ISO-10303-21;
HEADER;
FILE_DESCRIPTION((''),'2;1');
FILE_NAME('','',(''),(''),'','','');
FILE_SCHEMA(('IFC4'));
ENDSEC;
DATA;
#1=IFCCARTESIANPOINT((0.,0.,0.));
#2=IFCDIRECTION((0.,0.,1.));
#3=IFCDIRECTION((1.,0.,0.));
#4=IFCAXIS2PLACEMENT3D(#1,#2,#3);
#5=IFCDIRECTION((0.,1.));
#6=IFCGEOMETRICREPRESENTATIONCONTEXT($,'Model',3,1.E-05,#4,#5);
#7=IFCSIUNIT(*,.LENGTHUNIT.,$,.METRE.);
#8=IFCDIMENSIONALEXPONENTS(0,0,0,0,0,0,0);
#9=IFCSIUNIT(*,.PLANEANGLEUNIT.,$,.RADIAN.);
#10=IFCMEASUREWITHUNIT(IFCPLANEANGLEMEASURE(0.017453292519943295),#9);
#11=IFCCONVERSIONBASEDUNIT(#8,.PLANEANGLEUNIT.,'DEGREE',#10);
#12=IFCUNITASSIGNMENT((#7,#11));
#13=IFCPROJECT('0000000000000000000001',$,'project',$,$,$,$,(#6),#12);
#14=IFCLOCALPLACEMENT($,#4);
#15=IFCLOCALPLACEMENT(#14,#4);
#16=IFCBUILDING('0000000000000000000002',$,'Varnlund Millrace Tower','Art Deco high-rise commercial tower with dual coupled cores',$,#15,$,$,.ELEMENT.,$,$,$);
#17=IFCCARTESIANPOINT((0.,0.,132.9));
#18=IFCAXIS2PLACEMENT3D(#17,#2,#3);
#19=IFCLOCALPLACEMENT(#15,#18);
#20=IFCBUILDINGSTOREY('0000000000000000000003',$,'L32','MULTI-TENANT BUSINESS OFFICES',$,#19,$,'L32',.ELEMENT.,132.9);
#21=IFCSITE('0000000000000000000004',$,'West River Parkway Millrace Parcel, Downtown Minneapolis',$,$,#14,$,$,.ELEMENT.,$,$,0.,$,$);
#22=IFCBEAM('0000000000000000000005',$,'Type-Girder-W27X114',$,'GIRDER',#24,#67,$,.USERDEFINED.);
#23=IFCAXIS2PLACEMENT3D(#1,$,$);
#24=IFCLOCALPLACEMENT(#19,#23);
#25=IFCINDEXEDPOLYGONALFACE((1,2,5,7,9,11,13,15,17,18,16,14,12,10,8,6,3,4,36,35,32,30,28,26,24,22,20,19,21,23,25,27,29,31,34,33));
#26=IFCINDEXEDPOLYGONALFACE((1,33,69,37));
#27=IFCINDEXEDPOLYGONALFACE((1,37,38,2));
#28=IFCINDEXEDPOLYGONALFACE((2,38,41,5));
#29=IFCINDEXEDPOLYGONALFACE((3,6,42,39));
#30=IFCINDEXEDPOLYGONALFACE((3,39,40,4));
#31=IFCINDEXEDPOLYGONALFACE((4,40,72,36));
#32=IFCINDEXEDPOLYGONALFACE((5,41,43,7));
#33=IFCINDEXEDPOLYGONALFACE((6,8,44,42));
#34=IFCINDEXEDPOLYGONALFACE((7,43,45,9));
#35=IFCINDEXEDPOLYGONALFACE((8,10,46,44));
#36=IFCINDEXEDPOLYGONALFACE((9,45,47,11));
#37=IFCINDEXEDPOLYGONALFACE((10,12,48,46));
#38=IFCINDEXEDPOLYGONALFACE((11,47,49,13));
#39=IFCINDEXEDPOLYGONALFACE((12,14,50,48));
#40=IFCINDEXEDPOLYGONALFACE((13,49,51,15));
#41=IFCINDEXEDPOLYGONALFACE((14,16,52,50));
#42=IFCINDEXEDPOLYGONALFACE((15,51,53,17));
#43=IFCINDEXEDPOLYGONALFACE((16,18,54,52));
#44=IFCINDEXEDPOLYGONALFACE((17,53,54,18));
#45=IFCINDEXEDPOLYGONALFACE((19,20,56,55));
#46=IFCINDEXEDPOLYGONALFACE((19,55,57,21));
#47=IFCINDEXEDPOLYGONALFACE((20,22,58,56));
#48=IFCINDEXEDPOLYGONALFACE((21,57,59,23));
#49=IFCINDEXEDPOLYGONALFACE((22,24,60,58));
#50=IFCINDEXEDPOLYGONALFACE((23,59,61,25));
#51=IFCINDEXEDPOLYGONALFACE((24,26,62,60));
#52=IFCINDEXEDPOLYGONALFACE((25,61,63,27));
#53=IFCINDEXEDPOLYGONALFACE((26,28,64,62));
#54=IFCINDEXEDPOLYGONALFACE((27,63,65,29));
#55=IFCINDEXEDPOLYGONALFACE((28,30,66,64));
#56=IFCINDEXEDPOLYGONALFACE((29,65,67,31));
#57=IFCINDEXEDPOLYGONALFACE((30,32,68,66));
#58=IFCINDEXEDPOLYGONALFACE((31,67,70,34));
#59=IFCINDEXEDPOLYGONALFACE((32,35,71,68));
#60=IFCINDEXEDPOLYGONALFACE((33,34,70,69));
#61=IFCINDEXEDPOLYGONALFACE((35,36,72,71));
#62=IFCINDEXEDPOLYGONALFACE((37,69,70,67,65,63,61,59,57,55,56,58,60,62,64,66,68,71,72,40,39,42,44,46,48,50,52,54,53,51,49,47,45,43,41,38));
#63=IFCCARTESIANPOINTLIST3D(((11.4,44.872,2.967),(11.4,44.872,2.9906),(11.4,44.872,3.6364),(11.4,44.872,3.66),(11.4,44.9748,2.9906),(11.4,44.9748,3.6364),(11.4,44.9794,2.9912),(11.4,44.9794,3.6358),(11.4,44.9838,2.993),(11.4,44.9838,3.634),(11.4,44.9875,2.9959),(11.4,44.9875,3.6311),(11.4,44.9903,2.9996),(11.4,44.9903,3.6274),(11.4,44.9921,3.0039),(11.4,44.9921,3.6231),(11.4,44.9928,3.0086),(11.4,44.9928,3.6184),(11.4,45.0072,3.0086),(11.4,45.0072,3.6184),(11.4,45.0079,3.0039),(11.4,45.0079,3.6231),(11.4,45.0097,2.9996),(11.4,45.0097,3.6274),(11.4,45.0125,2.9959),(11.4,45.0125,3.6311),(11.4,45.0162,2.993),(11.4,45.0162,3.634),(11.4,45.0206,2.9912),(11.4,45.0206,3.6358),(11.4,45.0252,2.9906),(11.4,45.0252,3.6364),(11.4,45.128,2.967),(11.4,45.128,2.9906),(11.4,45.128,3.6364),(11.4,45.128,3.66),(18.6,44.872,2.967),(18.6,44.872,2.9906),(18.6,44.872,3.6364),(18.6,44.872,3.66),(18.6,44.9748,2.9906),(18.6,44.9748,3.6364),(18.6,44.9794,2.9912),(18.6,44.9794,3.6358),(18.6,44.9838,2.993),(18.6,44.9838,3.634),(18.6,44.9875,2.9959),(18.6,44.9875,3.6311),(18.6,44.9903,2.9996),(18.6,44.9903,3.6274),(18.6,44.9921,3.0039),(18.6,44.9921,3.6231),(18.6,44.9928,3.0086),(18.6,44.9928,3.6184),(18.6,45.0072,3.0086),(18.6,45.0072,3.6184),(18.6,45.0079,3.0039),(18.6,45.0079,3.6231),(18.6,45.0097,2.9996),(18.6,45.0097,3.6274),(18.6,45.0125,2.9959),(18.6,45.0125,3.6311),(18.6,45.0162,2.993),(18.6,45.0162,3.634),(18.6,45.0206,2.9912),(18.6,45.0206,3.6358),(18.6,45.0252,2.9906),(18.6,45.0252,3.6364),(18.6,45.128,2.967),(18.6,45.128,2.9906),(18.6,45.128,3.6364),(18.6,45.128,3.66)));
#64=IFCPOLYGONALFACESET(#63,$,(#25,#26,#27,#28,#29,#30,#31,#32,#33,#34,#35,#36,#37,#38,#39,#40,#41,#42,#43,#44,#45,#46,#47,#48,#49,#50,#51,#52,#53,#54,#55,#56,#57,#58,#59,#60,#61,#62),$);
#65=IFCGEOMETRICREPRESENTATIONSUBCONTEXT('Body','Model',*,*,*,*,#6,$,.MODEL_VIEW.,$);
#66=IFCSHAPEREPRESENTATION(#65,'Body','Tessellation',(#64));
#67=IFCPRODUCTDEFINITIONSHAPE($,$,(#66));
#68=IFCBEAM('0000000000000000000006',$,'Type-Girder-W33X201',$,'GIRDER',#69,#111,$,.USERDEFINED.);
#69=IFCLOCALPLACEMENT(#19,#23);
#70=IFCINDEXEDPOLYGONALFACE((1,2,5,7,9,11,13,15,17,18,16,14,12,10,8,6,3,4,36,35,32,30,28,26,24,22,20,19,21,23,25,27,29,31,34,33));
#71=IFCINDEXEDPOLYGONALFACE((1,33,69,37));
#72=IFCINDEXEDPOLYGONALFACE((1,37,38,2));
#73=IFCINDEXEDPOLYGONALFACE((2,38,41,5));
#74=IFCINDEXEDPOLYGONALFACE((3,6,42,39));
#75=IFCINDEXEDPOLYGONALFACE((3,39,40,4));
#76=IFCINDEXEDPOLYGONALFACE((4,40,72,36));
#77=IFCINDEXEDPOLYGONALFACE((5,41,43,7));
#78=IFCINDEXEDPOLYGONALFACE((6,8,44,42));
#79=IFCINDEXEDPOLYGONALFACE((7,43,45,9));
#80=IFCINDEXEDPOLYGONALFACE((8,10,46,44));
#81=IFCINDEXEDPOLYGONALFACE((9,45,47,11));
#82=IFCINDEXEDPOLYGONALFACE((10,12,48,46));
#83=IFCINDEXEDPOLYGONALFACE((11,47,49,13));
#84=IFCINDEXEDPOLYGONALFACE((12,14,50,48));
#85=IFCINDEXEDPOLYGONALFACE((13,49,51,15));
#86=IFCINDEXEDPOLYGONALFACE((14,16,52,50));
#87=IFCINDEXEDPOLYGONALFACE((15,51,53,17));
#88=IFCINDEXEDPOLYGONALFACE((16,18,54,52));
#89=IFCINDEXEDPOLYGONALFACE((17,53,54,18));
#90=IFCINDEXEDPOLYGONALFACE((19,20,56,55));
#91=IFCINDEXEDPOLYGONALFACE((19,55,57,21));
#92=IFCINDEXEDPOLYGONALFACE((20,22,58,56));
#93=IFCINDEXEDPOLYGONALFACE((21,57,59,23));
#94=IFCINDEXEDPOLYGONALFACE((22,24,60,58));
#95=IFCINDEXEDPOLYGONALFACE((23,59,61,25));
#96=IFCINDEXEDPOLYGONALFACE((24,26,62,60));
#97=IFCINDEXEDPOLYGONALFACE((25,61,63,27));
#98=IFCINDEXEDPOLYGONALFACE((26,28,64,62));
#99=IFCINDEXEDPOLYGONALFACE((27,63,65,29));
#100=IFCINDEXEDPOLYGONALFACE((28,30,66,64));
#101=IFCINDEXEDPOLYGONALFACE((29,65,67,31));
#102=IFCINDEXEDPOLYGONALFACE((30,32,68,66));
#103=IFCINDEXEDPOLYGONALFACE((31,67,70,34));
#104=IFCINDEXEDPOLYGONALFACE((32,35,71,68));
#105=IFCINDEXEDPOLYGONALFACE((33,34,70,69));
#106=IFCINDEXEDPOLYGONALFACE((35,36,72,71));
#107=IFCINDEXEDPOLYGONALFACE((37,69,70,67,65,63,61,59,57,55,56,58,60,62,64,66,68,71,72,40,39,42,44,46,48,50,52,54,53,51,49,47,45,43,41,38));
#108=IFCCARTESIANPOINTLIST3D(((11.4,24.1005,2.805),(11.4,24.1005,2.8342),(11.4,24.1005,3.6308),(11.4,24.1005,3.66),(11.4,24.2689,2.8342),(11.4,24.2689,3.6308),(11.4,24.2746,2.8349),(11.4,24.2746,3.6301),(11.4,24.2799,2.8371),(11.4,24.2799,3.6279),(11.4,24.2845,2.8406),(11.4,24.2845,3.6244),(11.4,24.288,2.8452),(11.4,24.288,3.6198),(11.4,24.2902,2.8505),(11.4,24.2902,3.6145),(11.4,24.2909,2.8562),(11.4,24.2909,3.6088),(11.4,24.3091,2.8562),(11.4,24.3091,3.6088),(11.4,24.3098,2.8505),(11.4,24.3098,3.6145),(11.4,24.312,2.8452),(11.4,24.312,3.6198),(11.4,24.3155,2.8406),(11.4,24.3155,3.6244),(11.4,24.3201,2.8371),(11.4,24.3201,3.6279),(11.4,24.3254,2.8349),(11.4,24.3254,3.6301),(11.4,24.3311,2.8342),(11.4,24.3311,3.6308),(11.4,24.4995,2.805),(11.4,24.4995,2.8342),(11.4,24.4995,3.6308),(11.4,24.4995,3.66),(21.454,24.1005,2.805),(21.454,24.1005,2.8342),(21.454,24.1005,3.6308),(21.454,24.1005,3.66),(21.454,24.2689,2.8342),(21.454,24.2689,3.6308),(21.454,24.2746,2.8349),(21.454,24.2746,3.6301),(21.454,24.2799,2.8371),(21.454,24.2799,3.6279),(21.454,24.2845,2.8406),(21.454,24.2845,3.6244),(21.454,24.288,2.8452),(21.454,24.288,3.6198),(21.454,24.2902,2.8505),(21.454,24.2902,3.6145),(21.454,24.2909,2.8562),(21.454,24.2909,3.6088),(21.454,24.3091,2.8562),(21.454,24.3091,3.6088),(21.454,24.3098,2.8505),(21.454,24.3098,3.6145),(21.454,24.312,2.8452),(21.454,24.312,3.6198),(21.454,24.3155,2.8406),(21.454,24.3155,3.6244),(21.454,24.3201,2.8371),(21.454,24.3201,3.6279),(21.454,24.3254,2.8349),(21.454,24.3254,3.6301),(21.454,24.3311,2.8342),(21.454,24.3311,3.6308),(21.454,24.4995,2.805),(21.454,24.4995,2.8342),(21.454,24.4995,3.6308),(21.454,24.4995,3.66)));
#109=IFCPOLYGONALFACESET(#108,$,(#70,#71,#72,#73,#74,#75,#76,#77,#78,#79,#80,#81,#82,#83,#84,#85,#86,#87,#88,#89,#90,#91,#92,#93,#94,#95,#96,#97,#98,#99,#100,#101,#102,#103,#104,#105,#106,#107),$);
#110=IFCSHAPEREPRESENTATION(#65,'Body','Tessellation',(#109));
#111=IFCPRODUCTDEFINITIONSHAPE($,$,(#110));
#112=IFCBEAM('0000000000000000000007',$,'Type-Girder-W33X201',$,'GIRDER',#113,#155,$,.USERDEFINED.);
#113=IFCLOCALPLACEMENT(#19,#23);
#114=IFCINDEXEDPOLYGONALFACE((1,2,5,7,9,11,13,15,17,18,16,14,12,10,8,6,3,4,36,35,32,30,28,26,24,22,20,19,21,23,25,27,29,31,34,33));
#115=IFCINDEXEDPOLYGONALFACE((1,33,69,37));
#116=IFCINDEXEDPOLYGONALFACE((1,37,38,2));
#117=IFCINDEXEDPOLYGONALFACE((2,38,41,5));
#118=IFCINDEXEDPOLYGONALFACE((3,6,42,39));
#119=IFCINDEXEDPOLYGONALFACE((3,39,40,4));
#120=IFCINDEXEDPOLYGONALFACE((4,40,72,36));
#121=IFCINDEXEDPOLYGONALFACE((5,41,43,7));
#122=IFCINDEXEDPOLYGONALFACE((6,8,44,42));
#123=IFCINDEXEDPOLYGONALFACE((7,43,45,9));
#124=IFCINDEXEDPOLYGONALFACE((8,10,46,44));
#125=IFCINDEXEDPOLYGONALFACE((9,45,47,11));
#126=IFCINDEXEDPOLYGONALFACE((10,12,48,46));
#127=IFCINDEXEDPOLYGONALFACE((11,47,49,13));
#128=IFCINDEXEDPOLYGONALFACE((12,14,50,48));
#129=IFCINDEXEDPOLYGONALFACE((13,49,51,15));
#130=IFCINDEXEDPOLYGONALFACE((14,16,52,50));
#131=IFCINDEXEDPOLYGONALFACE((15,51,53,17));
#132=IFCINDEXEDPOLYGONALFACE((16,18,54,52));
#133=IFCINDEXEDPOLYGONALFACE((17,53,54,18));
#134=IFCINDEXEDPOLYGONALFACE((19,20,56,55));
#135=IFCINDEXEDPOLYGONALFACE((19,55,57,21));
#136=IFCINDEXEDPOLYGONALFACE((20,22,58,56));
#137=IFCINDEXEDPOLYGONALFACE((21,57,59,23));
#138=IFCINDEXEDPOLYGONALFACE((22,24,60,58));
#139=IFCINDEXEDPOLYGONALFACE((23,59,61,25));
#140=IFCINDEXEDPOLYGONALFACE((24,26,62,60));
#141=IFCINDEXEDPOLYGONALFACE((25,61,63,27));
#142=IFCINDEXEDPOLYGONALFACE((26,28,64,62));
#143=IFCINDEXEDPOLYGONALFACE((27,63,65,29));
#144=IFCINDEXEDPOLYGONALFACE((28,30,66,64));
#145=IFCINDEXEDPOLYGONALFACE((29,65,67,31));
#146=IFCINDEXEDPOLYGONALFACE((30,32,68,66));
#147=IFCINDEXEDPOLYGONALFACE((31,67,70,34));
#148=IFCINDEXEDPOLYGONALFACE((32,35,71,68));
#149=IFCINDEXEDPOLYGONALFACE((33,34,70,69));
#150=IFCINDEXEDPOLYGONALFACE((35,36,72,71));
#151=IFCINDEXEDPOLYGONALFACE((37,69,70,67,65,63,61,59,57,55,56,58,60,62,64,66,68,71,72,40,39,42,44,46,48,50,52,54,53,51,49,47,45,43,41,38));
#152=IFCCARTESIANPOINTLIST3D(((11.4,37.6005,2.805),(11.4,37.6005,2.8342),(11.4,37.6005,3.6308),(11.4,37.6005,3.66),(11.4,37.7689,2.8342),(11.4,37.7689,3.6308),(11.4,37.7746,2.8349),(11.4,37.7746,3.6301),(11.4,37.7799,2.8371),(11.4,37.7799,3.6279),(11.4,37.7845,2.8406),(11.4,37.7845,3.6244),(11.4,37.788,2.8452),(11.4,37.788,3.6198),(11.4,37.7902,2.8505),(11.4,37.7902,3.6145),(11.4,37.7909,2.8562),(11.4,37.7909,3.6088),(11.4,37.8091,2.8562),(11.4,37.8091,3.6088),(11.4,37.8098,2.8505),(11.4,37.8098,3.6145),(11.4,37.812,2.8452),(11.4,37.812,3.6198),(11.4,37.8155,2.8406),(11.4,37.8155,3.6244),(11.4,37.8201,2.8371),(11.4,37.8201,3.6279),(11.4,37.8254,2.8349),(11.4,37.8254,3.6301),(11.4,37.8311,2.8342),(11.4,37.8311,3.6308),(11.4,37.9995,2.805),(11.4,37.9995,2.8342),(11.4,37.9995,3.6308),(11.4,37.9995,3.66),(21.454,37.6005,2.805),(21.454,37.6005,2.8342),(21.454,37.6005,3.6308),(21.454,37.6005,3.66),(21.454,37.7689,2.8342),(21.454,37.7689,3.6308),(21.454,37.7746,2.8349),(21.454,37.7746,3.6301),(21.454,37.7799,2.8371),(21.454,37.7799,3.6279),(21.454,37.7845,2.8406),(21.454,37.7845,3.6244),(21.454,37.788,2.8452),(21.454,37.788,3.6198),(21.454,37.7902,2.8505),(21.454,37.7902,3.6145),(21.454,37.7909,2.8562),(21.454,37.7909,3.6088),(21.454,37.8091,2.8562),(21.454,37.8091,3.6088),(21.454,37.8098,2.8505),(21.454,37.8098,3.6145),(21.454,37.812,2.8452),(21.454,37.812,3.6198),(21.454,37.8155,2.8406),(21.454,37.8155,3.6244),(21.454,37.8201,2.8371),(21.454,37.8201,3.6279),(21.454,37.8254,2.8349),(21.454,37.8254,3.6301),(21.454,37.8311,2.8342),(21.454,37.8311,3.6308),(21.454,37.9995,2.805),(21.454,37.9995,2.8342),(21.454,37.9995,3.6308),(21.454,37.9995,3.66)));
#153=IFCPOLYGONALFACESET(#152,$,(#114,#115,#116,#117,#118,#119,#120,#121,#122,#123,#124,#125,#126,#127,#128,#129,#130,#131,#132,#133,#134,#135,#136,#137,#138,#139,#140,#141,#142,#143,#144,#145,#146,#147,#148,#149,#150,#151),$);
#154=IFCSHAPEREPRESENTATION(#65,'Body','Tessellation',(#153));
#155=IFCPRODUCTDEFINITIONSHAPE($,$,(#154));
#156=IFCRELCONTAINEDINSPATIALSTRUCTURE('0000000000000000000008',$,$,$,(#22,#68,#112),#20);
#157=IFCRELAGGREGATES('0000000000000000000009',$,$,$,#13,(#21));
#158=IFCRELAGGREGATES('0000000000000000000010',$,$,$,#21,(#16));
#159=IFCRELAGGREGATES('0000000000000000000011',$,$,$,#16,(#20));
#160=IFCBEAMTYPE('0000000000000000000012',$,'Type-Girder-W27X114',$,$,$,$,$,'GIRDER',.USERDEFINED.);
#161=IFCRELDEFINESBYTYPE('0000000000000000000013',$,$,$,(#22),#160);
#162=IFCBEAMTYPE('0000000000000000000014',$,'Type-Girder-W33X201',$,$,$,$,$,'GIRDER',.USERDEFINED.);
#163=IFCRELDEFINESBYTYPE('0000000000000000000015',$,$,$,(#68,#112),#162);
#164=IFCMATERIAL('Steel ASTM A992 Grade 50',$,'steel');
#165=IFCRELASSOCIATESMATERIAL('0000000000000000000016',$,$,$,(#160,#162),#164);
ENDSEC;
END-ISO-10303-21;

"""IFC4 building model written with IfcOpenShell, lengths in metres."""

from ifc_helpers import new_model, entity, si_unit, converted_unit, direction, frame, origin_with_axes, origin_2d_with_axis, place, context, subcontext, project, spatial, i_section, extrude, material, material_profile, profile_set, type_object, element, save


model = new_model("IFC4")

# Units and contexts
model_context = context("Model", 3, precision=1e-05, world=origin_with_axes(), true_north=direction((0.0, 1.0)))
body_context = subcontext(model_context, "Body", "Model", "MODEL_VIEW")
ifc_project = project(units=[si_unit("LENGTHUNIT", "METRE"), converted_unit("PLANEANGLEUNIT", "DEGREE", entity("IfcPlaneAngleMeasure", 0.017453292519943295), si_unit("PLANEANGLEUNIT", "RADIAN"), dimensions=[0, 0, 0, 0, 0, 0, 0])], contexts=[model_context])

# Site, building, storey
site_placement = place(None, origin_with_axes())
site = spatial("IfcSite", under=ifc_project, at=site_placement, Name="West River Parkway Millrace Parcel, Downtown Minneapolis", CompositionType="ELEMENT", RefElevation=0.0)
building_placement = place(site_placement, origin_with_axes())
building = spatial("IfcBuilding", under=site, at=building_placement, Name="Varnlund Millrace Tower", Description="Art Deco high-rise commercial tower with dual coupled cores", CompositionType="ELEMENT")
storey_placement = place(building_placement, frame((0.0, 0.0, 132.9), z_axis=(0.0, 0.0, 1.0), x_axis=(1.0, 0.0, 0.0)))
storey = spatial("IfcBuildingStorey", under=building, at=storey_placement, Name="L32", Description="MULTI-TENANT BUSINESS OFFICES", LongName="L32", CompositionType="ELEMENT", Elevation=132.9)

# Beams
ifc_material_1 = material(Name="Steel ASTM A992 Grade 50", Category="steel")
ifc_material_profile_1 = material_profile(ifc_material_1, i_section(OverallWidth=0.256, OverallDepth=0.693, WebThickness=0.0145, FlangeThickness=0.0236, FilletRadius=0.018, at=origin_2d_with_axis()), Name="Steel ASTM A992 Grade 50")
ifc_profile_set_1 = profile_set([ifc_material_profile_1], Name="Steel ASTM A992 Grade 50")
beam_type_1 = type_object("IfcBeamType", Name="Type-Girder-W27X114", ElementType="GIRDER", PredefinedType="USERDEFINED", material=ifc_profile_set_1)
beam_1_placement = place(storey_placement, frame((11.4, 45.0, 3.3135), z_axis=(1.0, 0.0, 0.0), x_axis=(0.0, 1.0, 0.0)))
element("IfcBeam", 1, at=beam_1_placement, inside=storey, type_object=beam_type_1, Name="Type-Girder-W27X114", ObjectType="GIRDER", PredefinedType="USERDEFINED", context=body_context, shape_type="SweptSolid", body=[
    extrude(i_section(OverallWidth=0.256, OverallDepth=0.693, WebThickness=0.0145, FlangeThickness=0.0236, FilletRadius=0.018, at=origin_2d_with_axis()), origin_with_axes(), (0.0, 0.0, 1.0), 7.2),
])
ifc_material_profile_2 = material_profile(ifc_material_1, i_section(OverallWidth=0.399, OverallDepth=0.855, WebThickness=0.0182, FlangeThickness=0.0292, FilletRadius=0.022, at=origin_2d_with_axis()), Name="Steel ASTM A992 Grade 50")
ifc_profile_set_2 = profile_set([ifc_material_profile_2], Name="Steel ASTM A992 Grade 50")
beam_type_2 = type_object("IfcBeamType", Name="Type-Girder-W33X201", ElementType="GIRDER", PredefinedType="USERDEFINED", material=ifc_profile_set_2)
for number, where, z_axis, x_axis, name in (
    (2, (11.4, 24.3, 3.2325), (1.0, 0.0, 0.0), (0.0, 1.0, 0.0), "Type-Girder-W33X201"),
    (3, (11.4, 37.8, 3.2325), (1.0, 0.0, 0.0), (0.0, 1.0, 0.0), "Type-Girder-W33X201"),
):
    element("IfcBeam", number, at=place(storey_placement, frame(where, z_axis=z_axis, x_axis=x_axis)), inside=storey, type_object=beam_type_2, Name=name, ObjectType="GIRDER", PredefinedType="USERDEFINED", context=body_context, shape_type="SweptSolid", body=[
        extrude(i_section(OverallWidth=0.399, OverallDepth=0.855, WebThickness=0.0182, FlangeThickness=0.0292, FilletRadius=0.022, at=origin_2d_with_axis()), origin_with_axes(), (0.0, 0.0, 1.0), 10.054),
    ])

save(model, "model.ifc")
